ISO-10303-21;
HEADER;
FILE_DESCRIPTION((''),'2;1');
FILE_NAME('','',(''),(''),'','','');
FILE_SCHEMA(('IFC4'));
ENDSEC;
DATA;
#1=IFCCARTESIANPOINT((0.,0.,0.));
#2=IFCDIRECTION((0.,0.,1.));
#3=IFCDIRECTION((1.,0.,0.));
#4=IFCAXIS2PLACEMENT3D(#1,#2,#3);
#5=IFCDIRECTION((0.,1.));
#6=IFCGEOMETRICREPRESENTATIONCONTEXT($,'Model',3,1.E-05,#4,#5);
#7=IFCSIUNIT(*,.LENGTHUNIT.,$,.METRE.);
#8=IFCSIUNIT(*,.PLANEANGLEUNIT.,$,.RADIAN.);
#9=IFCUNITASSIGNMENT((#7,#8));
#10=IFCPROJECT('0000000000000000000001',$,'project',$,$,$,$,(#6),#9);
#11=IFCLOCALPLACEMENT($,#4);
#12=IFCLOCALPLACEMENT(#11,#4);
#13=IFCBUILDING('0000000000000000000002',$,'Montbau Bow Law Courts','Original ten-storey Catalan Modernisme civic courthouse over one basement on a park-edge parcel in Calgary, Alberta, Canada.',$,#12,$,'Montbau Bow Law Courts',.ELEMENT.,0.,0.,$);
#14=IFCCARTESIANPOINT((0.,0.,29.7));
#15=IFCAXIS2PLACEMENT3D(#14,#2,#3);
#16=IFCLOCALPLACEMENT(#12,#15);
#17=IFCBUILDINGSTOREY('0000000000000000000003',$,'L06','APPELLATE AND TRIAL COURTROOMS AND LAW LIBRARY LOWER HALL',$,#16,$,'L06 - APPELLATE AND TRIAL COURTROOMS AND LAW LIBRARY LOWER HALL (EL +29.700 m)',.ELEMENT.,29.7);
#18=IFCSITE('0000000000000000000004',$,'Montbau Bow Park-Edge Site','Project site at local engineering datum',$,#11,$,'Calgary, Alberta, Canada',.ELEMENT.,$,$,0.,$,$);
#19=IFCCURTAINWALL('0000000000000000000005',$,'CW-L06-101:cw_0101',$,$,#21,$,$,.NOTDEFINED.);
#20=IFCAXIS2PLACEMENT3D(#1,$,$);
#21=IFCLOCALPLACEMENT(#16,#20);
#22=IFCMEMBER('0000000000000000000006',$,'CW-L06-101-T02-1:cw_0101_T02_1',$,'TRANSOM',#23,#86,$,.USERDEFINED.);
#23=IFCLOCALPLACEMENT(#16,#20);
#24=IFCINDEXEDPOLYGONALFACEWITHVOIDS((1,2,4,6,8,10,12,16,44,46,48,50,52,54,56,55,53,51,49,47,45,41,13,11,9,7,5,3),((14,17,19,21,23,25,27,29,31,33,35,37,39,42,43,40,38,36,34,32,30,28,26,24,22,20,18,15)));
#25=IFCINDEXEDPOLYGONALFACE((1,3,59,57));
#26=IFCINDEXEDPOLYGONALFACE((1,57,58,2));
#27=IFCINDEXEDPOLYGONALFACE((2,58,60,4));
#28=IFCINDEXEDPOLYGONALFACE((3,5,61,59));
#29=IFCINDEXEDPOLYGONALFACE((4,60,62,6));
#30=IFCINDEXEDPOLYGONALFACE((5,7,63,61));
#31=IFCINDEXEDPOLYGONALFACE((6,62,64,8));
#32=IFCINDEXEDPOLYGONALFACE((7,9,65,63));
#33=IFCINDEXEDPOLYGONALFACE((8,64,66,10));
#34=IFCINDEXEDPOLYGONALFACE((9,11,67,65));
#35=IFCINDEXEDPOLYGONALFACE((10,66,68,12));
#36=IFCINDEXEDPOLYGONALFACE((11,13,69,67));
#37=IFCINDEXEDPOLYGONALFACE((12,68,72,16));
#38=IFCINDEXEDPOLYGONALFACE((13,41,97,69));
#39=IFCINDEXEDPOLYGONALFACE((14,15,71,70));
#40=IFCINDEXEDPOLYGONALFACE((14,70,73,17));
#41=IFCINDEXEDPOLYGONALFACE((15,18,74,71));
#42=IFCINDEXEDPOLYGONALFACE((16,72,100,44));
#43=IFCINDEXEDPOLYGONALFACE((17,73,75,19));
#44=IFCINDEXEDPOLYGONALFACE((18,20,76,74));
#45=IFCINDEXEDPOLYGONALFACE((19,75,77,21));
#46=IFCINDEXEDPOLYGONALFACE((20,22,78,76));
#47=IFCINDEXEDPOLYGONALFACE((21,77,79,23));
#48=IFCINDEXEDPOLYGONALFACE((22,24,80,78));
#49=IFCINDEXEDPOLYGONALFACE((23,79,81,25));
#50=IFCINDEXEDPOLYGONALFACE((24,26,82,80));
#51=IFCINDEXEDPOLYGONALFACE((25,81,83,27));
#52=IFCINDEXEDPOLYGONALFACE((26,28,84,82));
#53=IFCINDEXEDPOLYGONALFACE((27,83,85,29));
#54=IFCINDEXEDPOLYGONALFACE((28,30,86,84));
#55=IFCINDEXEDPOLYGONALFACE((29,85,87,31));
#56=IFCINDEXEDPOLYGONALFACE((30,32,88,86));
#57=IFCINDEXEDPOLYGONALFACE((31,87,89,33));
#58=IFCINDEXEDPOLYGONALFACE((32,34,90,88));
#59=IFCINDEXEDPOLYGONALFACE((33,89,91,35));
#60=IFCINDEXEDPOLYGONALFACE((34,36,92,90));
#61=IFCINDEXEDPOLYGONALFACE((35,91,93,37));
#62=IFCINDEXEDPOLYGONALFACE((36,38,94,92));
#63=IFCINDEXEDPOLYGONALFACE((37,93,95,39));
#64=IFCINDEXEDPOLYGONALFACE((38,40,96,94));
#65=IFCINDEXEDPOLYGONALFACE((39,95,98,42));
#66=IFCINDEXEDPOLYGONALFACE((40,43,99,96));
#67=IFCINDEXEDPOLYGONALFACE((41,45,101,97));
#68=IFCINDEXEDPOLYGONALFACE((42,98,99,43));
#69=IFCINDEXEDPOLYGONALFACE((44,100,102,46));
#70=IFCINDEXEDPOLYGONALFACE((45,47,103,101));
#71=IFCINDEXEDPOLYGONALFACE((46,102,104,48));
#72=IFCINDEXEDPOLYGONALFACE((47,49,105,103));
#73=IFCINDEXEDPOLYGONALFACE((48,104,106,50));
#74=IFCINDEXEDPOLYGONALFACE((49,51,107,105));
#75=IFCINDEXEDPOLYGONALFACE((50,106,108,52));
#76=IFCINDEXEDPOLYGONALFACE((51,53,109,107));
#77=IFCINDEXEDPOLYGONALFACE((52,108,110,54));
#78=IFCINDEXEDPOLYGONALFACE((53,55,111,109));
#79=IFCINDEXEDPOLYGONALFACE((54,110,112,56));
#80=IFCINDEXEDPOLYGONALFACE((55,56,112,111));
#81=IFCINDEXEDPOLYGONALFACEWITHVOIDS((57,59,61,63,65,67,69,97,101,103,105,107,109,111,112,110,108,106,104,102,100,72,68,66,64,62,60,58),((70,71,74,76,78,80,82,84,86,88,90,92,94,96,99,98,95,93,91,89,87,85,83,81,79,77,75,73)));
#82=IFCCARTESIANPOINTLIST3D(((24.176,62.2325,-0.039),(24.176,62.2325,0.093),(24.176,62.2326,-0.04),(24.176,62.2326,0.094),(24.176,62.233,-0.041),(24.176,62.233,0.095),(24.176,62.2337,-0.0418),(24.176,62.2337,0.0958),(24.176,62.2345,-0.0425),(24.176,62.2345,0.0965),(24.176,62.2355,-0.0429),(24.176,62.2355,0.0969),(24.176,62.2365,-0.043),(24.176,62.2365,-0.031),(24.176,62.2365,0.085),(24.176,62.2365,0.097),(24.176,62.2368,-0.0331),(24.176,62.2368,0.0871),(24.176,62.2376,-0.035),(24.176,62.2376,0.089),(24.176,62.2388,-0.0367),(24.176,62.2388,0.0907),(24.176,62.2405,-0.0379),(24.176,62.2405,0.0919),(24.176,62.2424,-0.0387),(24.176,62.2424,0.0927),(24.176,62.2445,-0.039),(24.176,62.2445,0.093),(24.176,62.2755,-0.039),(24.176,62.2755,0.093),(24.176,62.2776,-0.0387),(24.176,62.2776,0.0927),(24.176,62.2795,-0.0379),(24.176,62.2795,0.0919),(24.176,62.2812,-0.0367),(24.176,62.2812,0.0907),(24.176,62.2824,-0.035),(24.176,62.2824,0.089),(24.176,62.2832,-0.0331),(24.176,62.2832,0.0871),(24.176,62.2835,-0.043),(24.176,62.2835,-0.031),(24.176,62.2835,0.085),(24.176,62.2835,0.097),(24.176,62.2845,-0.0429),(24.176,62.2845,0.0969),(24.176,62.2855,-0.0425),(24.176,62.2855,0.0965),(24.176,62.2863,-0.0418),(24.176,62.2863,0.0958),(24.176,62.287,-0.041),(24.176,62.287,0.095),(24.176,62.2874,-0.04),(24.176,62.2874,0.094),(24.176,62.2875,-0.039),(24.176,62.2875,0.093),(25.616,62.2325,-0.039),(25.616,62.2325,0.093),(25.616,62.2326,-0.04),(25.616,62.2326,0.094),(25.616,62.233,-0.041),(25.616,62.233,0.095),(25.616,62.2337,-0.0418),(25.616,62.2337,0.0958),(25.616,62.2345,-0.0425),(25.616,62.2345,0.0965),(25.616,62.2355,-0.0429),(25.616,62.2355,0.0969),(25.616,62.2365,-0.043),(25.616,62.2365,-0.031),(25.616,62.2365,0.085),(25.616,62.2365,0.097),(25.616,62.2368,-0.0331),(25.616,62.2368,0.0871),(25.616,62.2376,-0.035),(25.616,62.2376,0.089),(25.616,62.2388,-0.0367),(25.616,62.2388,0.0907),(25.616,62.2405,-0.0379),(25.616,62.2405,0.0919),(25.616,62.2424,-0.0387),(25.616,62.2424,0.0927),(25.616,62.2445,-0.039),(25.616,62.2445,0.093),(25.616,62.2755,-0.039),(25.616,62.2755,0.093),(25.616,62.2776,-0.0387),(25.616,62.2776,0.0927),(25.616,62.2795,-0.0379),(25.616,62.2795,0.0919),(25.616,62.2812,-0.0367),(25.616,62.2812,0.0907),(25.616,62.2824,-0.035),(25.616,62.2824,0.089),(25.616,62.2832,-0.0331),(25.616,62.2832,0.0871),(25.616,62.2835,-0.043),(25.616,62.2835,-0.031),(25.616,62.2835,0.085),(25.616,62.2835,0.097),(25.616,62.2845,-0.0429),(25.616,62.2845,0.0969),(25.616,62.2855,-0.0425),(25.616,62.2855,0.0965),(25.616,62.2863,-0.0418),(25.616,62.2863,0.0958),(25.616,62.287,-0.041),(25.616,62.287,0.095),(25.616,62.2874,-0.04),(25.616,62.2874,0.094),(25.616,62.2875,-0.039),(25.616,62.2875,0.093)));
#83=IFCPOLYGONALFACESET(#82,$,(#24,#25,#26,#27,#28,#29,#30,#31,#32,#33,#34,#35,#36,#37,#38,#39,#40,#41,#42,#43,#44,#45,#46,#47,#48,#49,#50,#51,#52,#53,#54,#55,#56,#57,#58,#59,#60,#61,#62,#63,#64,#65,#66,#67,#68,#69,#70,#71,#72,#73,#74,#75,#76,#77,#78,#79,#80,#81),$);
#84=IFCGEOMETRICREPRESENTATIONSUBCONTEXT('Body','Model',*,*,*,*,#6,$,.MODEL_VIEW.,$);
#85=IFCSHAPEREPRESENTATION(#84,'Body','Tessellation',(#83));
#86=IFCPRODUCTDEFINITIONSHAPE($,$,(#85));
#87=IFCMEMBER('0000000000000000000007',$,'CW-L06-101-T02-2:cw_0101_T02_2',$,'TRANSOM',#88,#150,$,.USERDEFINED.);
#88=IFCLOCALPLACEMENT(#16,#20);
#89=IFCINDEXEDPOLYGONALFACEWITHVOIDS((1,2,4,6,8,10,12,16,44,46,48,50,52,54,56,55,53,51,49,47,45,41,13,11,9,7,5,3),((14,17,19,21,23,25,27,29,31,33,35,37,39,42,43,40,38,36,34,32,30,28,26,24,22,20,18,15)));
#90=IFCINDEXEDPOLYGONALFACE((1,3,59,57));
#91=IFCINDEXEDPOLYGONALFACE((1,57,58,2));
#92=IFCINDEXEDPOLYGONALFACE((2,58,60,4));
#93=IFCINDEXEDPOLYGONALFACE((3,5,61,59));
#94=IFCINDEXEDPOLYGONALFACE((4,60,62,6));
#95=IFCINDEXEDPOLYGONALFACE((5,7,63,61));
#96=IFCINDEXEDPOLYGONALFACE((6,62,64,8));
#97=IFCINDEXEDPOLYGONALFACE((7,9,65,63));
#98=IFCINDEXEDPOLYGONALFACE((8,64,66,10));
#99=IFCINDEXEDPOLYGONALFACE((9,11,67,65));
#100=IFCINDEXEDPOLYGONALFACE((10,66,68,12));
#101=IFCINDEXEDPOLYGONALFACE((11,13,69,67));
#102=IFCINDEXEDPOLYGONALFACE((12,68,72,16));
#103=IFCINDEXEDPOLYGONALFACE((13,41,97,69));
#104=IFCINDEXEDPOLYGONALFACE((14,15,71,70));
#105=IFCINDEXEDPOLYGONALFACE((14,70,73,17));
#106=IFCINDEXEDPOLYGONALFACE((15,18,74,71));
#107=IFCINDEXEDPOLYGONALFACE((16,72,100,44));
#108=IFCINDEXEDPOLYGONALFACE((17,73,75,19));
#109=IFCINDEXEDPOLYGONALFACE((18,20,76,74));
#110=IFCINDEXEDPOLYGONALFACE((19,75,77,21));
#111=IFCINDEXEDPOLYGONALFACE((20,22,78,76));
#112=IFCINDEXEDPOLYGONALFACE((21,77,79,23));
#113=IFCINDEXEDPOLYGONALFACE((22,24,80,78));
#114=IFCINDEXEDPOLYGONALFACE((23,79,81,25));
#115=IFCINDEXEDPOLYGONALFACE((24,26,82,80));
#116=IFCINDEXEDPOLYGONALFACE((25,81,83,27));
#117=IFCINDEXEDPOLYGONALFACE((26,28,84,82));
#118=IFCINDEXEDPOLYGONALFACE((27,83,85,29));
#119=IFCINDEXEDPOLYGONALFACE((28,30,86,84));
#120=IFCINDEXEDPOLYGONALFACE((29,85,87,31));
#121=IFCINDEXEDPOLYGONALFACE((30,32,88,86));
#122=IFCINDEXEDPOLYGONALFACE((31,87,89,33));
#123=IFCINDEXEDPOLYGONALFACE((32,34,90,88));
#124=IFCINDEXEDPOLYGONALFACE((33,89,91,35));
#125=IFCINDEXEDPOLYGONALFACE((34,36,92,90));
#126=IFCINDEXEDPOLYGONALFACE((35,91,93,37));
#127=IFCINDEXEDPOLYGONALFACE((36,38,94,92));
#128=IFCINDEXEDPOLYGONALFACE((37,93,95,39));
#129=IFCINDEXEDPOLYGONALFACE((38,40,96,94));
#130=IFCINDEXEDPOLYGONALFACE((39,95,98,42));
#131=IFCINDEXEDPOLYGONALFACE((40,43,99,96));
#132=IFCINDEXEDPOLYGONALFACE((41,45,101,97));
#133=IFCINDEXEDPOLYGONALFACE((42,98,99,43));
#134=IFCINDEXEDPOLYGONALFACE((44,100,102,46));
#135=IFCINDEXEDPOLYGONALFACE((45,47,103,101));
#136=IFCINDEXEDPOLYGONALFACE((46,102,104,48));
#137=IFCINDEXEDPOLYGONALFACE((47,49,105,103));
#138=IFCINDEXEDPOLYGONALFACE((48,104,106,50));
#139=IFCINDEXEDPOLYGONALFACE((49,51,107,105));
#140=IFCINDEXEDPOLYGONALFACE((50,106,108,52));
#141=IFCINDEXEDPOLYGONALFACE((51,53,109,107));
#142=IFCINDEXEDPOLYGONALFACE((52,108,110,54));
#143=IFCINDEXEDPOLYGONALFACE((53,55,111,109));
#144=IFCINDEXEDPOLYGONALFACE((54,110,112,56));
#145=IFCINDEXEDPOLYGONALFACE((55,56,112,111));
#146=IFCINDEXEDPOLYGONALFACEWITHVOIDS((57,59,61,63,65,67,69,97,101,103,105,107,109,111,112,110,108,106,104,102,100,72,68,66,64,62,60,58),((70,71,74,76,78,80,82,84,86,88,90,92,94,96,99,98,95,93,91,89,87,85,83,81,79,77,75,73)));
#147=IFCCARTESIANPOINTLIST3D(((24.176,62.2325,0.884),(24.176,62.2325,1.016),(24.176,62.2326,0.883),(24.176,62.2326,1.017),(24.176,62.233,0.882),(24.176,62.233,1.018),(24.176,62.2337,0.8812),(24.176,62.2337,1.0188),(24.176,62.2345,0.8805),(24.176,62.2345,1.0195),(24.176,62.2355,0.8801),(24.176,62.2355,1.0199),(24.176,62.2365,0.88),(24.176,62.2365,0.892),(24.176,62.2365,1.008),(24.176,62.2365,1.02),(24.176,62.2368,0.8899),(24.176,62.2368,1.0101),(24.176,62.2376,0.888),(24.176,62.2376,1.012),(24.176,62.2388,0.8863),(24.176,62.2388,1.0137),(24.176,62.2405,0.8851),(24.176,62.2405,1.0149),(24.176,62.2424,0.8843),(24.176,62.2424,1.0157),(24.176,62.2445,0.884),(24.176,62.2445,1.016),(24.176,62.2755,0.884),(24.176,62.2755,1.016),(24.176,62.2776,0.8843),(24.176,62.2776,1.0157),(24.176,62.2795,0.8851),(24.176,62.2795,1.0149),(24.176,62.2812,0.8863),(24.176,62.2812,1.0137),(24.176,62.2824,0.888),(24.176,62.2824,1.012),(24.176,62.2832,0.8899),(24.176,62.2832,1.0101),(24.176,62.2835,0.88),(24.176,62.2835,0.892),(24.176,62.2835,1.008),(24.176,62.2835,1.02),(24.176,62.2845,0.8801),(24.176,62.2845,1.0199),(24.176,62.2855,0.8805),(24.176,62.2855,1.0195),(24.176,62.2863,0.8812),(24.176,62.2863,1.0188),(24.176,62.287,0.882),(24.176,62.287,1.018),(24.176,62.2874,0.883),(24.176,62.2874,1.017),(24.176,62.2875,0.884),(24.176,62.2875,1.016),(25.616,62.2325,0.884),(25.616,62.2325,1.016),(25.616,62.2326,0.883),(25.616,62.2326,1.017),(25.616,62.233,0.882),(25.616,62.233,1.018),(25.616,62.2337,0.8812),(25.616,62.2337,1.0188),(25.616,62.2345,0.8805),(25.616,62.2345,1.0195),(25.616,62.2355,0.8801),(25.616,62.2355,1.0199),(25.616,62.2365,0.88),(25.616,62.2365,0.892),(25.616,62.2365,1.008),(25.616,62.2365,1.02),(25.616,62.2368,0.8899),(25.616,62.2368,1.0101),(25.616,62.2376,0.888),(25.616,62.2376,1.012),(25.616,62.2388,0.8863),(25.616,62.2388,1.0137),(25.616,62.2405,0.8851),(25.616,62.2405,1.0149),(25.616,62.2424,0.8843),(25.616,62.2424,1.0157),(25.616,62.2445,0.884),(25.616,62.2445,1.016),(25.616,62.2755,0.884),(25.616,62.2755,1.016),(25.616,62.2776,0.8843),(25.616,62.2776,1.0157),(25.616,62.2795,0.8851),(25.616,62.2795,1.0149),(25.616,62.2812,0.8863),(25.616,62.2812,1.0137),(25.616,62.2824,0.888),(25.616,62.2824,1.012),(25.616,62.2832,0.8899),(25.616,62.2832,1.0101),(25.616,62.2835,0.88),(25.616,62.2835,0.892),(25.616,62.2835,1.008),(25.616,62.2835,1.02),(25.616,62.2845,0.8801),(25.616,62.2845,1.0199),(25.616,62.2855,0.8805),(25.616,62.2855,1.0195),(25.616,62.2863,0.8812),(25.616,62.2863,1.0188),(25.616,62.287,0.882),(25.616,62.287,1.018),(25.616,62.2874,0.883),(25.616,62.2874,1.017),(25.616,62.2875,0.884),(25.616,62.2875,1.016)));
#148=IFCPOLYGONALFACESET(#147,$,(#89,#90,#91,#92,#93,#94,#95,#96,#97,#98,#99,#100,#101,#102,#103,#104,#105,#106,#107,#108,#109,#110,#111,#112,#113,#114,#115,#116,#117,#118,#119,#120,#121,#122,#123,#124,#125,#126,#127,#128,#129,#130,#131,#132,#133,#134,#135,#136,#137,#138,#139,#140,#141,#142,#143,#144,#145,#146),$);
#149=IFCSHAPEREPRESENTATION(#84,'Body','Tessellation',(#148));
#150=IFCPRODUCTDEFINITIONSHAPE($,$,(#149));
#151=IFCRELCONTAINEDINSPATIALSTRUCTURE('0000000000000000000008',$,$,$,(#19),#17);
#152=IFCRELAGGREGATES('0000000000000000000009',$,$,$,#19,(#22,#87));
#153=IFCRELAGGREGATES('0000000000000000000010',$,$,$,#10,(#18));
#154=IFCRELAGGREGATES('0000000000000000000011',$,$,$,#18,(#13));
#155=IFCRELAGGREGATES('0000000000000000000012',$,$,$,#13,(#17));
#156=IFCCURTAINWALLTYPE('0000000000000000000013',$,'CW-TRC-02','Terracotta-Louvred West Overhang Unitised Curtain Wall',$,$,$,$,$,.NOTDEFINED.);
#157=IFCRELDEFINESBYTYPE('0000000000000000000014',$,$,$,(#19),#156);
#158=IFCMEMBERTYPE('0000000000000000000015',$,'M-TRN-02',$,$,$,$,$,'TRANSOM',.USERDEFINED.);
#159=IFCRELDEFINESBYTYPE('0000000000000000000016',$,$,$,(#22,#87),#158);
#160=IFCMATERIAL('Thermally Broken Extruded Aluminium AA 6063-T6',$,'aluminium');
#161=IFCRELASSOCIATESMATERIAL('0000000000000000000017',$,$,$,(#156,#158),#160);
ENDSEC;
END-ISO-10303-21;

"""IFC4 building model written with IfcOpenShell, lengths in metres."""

from ifc_helpers import new_model, si_unit, direction, frame, origin_with_axes, origin_2d_with_axis, place, context, subcontext, project, spatial, hollow_rectangle, extrude, material, material_profile, profile_set, type_object, element, aggregate, save


model = new_model("IFC4")

# Units and contexts
model_context = context("Model", 3, precision=1e-05, world=origin_with_axes(), true_north=direction((0.0, 1.0)))
body_context = subcontext(model_context, "Body", "Model", "MODEL_VIEW")
ifc_project = project(units=[si_unit("LENGTHUNIT", "METRE"), si_unit("PLANEANGLEUNIT", "RADIAN")], contexts=[model_context])

# Site, building, storey
site_placement = place(None, origin_with_axes())
site = spatial("IfcSite", under=ifc_project, at=site_placement, Name="Montbau Bow Park-Edge Site", Description="Project site at local engineering datum", LongName="Calgary, Alberta, Canada", CompositionType="ELEMENT", RefElevation=0.0)
building_placement = place(site_placement, origin_with_axes())
building = spatial("IfcBuilding", under=site, at=building_placement, Name="Montbau Bow Law Courts", Description="Original ten-storey Catalan Modernisme civic courthouse over one basement on a park-edge parcel in Calgary, Alberta, Canada.", LongName="Montbau Bow Law Courts", CompositionType="ELEMENT", ElevationOfRefHeight=0.0, ElevationOfTerrain=0.0)
storey_placement = place(building_placement, frame((0.0, 0.0, 29.7), z_axis=(0.0, 0.0, 1.0), x_axis=(1.0, 0.0, 0.0)))
storey = spatial("IfcBuildingStorey", under=building, at=storey_placement, Name="L06", Description="APPELLATE AND TRIAL COURTROOMS AND LAW LIBRARY LOWER HALL", LongName="L06 - APPELLATE AND TRIAL COURTROOMS AND LAW LIBRARY LOWER HALL (EL +29.700 m)", CompositionType="ELEMENT", Elevation=29.7)

# Curtain wall
ifc_material_1 = material(Name="Thermally Broken Extruded Aluminium AA 6063-T6", Category="aluminium")
curtain_wall_type = type_object("IfcCurtainWallType", Name="CW-TRC-02", Description="Terracotta-Louvred West Overhang Unitised Curtain Wall", PredefinedType="NOTDEFINED", material=ifc_material_1)
curtain_wall_1_placement = place(None, frame((22.64, 62.26, 29.7), z_axis=(0.0, 0.0, 1.0), x_axis=(1.0, 0.0, 0.0)))
curtain_wall_1 = element("IfcCurtainWall", 1, at=curtain_wall_1_placement, inside=storey, type_object=curtain_wall_type, Name="CW-L06-101:cw_0101", PredefinedType="NOTDEFINED")

# Members
ifc_material_profile_1 = material_profile(ifc_material_1, hollow_rectangle(XDim=0.055, YDim=0.14, WallThickness=0.004, InnerFilletRadius=0.008, OuterFilletRadius=0.004, at=origin_2d_with_axis()), Name="CWT-140X55", Category="Main", Priority=0)
ifc_profile_set_1 = profile_set([ifc_material_profile_1], Name="Thermally Broken Extruded Aluminium AA 6063-T6")
member_type_1 = type_object("IfcMemberType", Name="M-TRN-02", ElementType="TRANSOM", PredefinedType="USERDEFINED", material=ifc_profile_set_1)
member_1_placement = place(None, frame((24.176, 62.26, 29.727), z_axis=(1.0, 0.0, 0.0), x_axis=(0.0, 1.0, 0.0)))
member_1 = element("IfcMember", 2, at=member_1_placement, type_object=member_type_1, Name="CW-L06-101-T02-1:cw_0101_T02_1", ObjectType="TRANSOM", PredefinedType="USERDEFINED", context=body_context, shape_type="SweptSolid", body=[
    extrude(hollow_rectangle(XDim=0.055, YDim=0.14, WallThickness=0.004, InnerFilletRadius=0.008, OuterFilletRadius=0.004, at=origin_2d_with_axis()), origin_with_axes(), (0.0, 0.0, 1.0), 1.44),
])
member_2_placement = place(None, frame((24.176, 62.26, 30.65), z_axis=(1.0, 0.0, 0.0), x_axis=(0.0, 1.0, 0.0)))
member_2 = element("IfcMember", 3, at=member_2_placement, type_object=member_type_1, Name="CW-L06-101-T02-2:cw_0101_T02_2", ObjectType="TRANSOM", PredefinedType="USERDEFINED", context=body_context, shape_type="SweptSolid", body=[
    extrude(hollow_rectangle(XDim=0.055, YDim=0.14, WallThickness=0.004, InnerFilletRadius=0.008, OuterFilletRadius=0.004, at=origin_2d_with_axis()), origin_with_axes(), (0.0, 0.0, 1.0), 1.44),
])

aggregate(curtain_wall_1, [member_1, member_2])

save(model, "model.ifc")
